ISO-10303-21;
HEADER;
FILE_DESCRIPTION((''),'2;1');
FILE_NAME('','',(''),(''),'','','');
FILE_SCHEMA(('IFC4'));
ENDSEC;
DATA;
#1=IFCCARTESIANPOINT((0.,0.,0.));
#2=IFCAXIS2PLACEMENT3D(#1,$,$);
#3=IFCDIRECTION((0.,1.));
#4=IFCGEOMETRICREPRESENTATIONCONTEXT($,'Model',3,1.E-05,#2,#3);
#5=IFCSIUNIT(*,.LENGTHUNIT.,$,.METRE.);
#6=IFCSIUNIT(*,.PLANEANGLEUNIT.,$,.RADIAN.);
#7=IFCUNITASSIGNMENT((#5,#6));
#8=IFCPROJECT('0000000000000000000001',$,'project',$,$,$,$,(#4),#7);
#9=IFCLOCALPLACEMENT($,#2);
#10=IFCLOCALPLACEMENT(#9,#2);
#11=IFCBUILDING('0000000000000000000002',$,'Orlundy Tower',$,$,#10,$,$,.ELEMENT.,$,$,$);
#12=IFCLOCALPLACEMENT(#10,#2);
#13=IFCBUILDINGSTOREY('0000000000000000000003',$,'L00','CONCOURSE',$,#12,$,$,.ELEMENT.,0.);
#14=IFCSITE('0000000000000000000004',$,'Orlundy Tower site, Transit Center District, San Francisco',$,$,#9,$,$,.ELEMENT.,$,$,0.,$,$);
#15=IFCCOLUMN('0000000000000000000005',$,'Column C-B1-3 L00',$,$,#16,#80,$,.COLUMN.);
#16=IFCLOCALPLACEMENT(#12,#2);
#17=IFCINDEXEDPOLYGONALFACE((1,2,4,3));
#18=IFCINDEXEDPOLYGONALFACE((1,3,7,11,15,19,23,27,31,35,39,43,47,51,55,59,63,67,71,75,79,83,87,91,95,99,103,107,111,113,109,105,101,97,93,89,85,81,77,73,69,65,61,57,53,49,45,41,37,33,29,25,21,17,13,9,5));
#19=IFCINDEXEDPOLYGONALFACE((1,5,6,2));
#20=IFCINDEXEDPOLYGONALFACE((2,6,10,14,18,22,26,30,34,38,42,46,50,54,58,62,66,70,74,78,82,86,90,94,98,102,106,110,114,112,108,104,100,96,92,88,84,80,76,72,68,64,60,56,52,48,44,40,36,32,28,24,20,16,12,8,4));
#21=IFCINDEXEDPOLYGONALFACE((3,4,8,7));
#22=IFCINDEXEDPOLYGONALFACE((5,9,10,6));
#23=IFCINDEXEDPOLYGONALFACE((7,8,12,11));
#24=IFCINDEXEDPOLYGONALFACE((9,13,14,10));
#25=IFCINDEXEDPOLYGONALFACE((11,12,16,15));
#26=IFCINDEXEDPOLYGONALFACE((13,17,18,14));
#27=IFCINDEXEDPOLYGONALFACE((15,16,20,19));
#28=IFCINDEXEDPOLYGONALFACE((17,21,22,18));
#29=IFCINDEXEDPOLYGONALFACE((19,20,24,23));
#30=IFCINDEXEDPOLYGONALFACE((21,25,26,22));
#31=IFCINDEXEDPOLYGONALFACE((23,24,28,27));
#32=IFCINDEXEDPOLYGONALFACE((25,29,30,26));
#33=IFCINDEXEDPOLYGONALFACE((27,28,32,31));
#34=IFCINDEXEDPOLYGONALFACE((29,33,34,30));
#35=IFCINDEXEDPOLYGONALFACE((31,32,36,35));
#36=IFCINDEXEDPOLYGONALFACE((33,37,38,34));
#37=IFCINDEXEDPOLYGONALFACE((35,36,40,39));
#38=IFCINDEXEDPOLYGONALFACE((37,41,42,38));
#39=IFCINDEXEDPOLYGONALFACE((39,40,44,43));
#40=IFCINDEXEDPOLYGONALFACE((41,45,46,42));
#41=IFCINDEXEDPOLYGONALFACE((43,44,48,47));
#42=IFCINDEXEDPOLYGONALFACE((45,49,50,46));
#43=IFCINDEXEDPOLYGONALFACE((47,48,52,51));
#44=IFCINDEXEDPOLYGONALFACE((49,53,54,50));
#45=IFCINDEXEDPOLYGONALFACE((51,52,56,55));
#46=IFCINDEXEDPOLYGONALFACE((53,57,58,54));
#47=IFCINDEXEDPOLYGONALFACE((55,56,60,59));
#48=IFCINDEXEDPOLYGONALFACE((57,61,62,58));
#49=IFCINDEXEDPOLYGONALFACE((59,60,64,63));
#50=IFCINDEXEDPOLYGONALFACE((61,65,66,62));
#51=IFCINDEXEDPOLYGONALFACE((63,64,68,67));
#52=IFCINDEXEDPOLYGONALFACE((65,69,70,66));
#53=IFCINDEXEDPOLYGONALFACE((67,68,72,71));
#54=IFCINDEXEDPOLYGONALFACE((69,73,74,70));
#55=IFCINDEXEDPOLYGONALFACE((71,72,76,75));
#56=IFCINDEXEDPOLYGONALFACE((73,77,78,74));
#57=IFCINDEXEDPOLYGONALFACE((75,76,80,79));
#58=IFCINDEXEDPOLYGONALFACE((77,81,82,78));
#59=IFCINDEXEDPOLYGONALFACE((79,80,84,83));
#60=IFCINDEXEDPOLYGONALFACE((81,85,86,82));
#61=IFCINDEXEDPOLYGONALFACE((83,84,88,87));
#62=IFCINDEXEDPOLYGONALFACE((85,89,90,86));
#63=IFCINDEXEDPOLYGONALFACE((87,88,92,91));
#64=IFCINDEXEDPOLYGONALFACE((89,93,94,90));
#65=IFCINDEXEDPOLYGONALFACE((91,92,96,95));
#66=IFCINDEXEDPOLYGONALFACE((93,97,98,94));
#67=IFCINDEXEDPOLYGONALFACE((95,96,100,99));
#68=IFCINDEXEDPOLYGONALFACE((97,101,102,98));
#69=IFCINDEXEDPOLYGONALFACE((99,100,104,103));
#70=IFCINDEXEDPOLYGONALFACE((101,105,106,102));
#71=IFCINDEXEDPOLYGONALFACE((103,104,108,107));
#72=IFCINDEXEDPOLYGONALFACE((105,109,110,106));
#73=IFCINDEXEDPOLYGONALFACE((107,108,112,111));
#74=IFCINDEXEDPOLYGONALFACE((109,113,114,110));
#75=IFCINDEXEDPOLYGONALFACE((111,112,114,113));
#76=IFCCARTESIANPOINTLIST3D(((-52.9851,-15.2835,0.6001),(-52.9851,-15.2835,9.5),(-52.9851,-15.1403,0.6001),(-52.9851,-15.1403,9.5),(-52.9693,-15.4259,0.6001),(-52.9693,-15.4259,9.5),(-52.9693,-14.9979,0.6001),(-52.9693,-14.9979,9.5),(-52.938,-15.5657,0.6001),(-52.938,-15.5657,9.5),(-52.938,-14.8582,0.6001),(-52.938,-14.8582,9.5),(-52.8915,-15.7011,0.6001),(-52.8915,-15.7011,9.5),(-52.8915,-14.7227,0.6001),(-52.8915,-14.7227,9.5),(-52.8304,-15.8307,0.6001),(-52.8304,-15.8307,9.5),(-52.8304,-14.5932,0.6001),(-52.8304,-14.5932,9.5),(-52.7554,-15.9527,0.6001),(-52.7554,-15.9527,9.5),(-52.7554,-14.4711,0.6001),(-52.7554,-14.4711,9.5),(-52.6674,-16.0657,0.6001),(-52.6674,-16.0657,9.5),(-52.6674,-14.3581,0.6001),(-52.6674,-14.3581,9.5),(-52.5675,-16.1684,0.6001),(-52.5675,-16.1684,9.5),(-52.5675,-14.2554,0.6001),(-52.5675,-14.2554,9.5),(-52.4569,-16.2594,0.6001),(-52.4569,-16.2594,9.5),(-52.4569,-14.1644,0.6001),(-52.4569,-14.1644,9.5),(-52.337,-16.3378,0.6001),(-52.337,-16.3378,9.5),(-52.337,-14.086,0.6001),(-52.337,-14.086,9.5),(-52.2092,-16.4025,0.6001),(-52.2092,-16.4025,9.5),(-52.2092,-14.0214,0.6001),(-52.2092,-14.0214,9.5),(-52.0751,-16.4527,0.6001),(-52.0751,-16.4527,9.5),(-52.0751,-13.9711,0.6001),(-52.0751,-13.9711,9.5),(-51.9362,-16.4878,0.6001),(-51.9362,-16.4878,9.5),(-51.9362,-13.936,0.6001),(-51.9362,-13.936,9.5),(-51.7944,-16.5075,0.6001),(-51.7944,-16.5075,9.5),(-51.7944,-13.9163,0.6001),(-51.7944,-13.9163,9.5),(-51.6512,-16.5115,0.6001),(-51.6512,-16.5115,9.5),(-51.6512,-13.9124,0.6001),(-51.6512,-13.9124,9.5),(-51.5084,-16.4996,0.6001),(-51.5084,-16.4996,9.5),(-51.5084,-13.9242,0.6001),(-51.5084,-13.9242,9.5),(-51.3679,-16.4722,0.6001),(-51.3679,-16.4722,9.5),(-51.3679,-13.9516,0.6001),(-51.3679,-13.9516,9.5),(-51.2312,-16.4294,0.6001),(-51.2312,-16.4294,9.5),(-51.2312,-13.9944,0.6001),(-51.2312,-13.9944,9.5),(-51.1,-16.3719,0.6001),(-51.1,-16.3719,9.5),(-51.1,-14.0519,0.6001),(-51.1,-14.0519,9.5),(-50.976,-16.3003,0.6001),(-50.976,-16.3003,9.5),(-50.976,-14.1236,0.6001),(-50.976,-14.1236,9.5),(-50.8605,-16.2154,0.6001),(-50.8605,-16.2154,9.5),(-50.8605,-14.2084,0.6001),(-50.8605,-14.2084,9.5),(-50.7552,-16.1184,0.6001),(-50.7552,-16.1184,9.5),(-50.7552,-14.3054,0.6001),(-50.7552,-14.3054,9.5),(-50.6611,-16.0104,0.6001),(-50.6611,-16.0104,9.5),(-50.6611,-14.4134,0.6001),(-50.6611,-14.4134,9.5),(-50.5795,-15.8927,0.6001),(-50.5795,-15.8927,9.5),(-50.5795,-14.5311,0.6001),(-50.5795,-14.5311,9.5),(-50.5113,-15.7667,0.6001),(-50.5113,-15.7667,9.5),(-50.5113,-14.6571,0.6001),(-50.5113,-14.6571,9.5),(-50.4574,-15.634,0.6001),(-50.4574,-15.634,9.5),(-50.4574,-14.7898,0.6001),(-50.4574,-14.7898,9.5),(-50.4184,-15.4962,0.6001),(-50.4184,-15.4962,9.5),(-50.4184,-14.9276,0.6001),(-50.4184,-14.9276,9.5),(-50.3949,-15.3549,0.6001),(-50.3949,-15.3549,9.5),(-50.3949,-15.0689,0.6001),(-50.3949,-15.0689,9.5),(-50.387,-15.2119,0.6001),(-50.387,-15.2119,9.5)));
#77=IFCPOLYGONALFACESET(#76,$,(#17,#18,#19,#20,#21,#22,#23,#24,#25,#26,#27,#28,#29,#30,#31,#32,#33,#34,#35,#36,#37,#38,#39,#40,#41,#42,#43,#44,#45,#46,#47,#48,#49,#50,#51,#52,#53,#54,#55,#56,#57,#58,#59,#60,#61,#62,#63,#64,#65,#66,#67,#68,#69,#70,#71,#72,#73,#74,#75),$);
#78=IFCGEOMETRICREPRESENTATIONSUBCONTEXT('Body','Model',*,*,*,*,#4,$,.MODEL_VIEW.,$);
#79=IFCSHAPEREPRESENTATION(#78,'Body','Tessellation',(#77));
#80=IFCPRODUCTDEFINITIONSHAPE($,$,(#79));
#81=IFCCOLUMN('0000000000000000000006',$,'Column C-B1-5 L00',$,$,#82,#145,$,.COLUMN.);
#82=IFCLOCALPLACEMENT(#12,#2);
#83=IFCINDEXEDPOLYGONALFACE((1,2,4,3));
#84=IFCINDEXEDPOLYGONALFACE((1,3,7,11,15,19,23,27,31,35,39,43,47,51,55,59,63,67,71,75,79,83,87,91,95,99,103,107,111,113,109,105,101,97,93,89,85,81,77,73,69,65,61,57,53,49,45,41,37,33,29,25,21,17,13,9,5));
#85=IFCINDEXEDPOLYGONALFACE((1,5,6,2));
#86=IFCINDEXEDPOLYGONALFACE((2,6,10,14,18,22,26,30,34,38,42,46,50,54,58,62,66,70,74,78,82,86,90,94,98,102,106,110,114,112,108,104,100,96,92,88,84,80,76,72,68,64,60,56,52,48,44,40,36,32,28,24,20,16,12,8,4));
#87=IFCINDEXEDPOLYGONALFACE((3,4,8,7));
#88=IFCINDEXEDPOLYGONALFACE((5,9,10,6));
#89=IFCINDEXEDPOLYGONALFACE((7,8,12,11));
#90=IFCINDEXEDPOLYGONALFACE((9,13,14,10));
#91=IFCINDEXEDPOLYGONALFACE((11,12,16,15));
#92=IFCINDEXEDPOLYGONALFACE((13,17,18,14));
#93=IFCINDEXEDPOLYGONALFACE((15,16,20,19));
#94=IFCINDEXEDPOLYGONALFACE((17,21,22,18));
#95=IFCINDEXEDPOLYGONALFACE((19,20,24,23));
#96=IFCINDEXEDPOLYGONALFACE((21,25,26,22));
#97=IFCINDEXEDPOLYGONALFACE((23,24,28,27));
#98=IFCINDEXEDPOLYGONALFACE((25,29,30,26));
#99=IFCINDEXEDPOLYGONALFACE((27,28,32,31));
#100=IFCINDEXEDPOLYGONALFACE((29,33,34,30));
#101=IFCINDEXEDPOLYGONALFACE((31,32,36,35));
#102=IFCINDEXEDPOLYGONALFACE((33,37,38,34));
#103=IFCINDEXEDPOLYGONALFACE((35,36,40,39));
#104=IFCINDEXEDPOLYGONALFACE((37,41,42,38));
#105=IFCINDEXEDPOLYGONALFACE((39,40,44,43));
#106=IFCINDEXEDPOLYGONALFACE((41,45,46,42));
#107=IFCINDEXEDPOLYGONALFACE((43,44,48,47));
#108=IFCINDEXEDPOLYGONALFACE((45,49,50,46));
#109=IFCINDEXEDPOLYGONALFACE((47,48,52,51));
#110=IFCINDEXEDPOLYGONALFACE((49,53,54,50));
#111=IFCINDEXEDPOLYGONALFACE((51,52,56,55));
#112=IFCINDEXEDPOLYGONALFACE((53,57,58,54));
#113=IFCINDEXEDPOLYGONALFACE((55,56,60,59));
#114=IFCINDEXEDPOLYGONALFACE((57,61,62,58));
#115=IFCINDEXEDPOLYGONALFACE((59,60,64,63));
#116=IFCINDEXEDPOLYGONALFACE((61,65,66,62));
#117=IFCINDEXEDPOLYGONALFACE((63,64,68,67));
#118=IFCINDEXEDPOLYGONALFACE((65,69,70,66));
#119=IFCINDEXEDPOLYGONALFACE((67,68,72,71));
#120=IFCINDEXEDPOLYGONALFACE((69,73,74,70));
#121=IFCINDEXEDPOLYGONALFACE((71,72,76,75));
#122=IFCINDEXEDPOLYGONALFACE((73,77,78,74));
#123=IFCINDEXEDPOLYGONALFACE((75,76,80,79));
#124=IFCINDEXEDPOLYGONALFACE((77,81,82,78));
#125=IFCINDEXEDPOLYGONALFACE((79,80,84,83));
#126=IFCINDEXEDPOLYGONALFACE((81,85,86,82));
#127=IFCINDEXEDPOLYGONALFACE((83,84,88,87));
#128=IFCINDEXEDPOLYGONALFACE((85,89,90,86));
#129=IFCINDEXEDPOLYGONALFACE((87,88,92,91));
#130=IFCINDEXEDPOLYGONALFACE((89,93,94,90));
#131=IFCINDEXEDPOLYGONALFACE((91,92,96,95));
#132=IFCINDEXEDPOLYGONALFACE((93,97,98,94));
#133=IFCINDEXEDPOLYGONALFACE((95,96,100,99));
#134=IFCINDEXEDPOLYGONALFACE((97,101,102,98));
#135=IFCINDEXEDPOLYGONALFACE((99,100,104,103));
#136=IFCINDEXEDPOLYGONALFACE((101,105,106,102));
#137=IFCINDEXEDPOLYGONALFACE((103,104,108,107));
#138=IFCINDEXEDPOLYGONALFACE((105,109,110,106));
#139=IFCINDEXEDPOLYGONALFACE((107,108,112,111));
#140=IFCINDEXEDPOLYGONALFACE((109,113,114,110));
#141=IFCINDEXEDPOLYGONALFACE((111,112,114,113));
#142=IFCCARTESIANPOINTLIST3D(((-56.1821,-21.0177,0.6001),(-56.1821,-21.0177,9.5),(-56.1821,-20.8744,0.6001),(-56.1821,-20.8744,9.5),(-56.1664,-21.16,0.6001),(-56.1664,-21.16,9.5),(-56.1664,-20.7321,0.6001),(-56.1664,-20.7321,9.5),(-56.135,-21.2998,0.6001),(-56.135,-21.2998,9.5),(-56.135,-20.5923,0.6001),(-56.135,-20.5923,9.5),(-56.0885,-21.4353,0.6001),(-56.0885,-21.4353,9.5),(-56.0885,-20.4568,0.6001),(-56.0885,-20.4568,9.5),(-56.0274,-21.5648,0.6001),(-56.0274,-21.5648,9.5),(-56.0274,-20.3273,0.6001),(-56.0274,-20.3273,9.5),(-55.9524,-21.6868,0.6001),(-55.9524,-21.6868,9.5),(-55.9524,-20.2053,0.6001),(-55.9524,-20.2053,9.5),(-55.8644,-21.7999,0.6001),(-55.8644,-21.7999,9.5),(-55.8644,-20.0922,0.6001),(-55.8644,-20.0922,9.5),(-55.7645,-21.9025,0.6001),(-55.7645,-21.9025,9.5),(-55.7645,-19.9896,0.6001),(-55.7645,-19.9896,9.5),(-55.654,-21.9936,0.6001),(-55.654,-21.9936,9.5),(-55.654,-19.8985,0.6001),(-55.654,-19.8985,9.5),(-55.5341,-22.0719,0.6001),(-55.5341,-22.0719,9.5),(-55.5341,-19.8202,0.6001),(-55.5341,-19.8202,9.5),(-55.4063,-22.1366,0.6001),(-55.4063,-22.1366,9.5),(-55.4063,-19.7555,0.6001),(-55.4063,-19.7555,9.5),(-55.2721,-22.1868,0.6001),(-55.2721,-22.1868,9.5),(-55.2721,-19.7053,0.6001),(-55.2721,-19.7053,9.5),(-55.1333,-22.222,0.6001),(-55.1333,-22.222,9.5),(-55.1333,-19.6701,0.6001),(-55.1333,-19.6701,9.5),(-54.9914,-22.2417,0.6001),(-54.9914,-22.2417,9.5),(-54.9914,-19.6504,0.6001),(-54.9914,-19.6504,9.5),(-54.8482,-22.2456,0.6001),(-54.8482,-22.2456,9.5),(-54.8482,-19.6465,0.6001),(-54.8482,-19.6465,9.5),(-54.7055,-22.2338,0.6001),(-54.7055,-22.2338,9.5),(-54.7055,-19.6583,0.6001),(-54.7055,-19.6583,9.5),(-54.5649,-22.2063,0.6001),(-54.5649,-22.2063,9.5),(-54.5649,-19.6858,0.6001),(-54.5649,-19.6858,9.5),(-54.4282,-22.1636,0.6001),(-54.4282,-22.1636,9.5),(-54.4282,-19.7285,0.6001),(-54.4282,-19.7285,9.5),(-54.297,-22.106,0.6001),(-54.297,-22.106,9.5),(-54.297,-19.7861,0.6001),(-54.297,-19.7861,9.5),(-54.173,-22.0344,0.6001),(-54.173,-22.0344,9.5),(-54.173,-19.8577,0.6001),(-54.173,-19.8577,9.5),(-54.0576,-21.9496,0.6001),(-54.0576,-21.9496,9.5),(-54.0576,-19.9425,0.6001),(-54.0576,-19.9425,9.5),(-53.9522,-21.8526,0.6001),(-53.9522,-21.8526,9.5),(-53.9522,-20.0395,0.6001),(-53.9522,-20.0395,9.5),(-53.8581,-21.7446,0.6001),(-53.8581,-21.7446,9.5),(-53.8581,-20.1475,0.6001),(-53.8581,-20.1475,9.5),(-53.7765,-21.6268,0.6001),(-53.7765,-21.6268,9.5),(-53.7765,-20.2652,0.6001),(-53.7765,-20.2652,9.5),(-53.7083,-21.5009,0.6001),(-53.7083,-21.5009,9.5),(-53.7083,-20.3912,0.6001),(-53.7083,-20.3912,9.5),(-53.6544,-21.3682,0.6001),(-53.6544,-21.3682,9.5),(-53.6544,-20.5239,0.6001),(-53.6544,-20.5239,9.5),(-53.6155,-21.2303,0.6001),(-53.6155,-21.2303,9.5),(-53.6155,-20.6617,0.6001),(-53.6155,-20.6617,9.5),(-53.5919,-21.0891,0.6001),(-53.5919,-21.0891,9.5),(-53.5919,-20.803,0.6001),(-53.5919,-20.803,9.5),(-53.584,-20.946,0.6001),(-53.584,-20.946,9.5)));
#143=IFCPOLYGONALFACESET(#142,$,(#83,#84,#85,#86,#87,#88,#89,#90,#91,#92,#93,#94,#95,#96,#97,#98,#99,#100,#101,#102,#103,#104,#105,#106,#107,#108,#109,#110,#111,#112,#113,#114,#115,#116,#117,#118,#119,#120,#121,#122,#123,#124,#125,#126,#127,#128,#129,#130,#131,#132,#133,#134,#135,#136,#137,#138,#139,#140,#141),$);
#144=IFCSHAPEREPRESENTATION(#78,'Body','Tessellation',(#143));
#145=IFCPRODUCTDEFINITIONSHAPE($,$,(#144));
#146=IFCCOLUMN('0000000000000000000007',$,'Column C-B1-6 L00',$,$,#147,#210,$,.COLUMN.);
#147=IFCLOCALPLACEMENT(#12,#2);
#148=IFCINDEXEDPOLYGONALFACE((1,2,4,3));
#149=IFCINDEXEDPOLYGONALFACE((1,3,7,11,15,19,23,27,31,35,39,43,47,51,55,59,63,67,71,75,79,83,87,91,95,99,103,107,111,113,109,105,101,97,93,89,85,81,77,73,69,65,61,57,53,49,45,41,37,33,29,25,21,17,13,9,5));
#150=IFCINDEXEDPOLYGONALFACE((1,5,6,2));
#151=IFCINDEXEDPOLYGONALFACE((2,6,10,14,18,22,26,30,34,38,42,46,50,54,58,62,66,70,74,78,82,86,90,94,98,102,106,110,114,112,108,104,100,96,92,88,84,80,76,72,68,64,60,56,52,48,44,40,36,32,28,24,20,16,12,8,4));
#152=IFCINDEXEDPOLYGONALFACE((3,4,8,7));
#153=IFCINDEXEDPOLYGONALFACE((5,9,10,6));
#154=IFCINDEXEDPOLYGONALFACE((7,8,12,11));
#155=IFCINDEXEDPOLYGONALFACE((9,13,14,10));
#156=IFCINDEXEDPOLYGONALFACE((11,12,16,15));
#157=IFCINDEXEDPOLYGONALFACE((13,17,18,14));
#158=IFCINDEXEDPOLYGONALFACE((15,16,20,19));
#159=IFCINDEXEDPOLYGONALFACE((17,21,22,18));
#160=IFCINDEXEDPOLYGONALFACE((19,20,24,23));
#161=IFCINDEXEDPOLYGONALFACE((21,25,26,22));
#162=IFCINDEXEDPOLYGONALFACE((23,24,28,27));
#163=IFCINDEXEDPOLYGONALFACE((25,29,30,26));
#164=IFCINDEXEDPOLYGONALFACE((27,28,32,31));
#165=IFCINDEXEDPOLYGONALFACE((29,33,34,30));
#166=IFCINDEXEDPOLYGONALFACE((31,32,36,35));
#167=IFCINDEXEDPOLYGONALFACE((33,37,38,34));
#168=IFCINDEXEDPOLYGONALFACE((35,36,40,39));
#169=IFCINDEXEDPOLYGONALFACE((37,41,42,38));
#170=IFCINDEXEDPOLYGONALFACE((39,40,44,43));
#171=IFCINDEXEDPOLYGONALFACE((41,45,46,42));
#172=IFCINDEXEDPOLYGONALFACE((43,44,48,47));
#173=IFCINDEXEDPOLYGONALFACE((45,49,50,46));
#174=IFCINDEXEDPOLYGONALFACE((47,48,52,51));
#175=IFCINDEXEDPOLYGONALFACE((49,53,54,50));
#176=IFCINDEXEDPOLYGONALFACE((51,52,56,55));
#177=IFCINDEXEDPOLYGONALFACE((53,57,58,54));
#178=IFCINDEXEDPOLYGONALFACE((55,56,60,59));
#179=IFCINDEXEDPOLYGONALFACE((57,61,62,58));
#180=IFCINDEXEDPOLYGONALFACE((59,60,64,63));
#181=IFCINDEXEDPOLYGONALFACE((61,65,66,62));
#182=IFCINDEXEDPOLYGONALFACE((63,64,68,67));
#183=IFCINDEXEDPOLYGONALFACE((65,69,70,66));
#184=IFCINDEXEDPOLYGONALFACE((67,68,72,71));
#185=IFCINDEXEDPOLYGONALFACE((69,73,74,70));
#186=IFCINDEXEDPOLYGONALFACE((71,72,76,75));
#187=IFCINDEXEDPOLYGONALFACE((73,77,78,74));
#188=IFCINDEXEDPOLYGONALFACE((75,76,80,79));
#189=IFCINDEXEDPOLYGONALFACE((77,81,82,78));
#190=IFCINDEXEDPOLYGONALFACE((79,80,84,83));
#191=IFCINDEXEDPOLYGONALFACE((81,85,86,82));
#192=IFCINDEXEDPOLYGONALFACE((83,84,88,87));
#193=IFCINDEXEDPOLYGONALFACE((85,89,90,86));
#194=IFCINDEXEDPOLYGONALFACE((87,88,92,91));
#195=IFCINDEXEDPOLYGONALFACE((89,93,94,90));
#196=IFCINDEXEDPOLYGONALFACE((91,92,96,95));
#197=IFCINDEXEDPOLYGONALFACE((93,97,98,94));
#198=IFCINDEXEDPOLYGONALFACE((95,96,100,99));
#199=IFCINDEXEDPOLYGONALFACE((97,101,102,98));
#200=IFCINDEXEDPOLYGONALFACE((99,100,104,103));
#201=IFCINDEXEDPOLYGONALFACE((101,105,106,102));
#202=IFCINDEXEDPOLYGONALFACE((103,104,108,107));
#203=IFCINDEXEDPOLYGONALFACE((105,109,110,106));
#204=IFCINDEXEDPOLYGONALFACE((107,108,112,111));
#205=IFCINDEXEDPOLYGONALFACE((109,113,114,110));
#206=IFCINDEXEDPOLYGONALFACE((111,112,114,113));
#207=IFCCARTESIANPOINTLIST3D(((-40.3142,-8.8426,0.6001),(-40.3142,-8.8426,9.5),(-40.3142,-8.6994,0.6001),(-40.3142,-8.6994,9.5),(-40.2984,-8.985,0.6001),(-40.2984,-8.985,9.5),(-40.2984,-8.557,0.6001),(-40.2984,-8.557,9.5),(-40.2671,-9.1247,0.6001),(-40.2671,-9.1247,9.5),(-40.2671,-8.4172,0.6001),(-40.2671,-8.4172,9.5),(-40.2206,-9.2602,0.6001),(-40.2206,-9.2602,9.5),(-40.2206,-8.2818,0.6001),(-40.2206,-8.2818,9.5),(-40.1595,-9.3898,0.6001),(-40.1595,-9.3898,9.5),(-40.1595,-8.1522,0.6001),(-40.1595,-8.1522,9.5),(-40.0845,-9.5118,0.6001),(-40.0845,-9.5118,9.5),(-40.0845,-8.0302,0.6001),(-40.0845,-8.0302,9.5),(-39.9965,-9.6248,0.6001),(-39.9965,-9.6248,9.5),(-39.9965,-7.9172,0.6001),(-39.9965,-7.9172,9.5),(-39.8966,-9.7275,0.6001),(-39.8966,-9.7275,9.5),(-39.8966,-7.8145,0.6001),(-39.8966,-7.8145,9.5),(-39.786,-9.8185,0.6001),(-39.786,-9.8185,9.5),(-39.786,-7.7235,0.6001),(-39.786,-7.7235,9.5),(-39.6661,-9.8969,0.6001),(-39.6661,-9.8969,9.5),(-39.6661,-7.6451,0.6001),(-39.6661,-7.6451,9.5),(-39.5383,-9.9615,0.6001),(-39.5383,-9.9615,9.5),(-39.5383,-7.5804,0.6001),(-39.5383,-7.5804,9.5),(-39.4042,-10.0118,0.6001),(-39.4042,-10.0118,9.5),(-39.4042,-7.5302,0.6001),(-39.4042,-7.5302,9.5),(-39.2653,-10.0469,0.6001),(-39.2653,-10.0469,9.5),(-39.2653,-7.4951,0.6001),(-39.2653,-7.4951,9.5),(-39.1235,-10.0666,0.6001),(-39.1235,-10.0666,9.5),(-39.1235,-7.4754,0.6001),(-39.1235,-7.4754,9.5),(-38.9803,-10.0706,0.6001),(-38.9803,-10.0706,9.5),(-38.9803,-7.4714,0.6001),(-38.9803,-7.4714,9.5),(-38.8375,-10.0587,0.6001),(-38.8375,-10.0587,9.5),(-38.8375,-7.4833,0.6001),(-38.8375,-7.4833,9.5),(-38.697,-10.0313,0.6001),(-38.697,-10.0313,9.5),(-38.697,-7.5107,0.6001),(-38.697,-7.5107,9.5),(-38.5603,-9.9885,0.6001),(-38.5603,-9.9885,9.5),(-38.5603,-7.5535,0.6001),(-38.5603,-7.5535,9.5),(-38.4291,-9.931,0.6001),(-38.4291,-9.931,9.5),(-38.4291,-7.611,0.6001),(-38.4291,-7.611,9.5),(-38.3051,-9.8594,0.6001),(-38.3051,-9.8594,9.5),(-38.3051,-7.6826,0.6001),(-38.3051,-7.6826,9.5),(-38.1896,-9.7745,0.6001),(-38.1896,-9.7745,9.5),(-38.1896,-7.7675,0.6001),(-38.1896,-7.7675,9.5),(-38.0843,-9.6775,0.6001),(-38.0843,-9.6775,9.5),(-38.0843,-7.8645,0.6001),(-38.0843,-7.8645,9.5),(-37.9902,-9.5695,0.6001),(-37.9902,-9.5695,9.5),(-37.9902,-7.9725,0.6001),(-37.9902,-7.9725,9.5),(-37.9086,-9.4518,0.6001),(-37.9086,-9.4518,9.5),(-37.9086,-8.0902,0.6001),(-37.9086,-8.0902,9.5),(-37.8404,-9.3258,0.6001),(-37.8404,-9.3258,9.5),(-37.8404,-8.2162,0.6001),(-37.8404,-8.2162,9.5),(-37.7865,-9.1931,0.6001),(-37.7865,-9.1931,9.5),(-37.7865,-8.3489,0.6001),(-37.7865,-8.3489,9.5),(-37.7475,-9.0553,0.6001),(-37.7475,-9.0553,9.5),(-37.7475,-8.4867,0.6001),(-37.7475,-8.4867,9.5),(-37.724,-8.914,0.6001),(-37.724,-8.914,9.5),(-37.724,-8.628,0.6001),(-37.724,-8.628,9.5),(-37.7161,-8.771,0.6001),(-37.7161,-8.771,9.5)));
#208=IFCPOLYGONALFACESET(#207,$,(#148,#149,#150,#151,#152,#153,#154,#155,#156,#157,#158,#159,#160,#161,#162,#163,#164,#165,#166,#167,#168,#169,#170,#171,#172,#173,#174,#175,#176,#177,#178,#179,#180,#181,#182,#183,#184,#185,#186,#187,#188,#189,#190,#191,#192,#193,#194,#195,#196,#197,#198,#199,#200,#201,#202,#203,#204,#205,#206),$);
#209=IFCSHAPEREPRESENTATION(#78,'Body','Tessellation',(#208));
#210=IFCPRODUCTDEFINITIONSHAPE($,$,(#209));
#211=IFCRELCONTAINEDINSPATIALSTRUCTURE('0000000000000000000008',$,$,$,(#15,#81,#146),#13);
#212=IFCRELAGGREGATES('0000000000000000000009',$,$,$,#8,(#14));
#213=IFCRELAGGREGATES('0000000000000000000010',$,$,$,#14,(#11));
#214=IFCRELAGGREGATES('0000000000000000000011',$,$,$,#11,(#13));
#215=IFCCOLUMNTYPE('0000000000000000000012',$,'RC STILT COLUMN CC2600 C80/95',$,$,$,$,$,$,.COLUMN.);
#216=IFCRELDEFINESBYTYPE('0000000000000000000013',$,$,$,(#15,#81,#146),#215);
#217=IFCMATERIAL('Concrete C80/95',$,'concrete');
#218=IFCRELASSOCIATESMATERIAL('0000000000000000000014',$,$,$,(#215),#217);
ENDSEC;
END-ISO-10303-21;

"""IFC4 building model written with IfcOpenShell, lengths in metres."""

from ifc_helpers import new_model, si_unit, direction, frame, origin, origin_2d, place, context, subcontext, project, spatial, circle, extrude, material, material_profile, profile_set, type_object, element, save


model = new_model("IFC4")

# Units and contexts
model_context = context("Model", 3, precision=1e-05, world=origin(), true_north=direction((0.0, 1.0)))
body_context = subcontext(model_context, "Body", "Model", "MODEL_VIEW")
ifc_project = project(units=[si_unit("LENGTHUNIT", "METRE"), si_unit("PLANEANGLEUNIT", "RADIAN")], contexts=[model_context])

# Site, building, storey
site_placement = place(None, origin())
site = spatial("IfcSite", under=ifc_project, at=site_placement, Name="Orlundy Tower site, Transit Center District, San Francisco", CompositionType="ELEMENT", RefElevation=0.0)
building_placement = place(site_placement, origin())
building = spatial("IfcBuilding", under=site, at=building_placement, Name="Orlundy Tower", CompositionType="ELEMENT")
storey_placement = place(building_placement, origin())
storey = spatial("IfcBuildingStorey", under=building, at=storey_placement, Name="L00", Description="CONCOURSE", CompositionType="ELEMENT", Elevation=0.0)

# Columns
ifc_material_1 = material(Name="Concrete C80/95", Category="concrete")
ifc_material_profile_1 = material_profile(ifc_material_1, circle(Radius=1.3, at=origin_2d()), Name="CC2600")
ifc_profile_set_1 = profile_set([ifc_material_profile_1], Name="Concrete C80/95")
column_type = type_object("IfcColumnType", Name="RC STILT COLUMN CC2600 C80/95", PredefinedType="COLUMN", material=ifc_profile_set_1)
for number, where, z_axis, x_axis, name in (
    (1, (-51.687, -15.2119, 0.6001), (0.0, 0.0, 1.0), (1.0, 0.0, 0.0), "Column C-B1-3 L00"),
    (2, (-54.884, -20.946, 0.6001), (0.0, 0.0, 1.0), (1.0, 0.0, 0.0), "Column C-B1-5 L00"),
    (3, (-39.0161, -8.771, 0.6001), (0.0, 0.0, 1.0), (1.0, 0.0, 0.0), "Column C-B1-6 L00"),
):
    element("IfcColumn", number, at=place(storey_placement, frame(where, z_axis=z_axis, x_axis=x_axis)), inside=storey, type_object=column_type, Name=name, PredefinedType="COLUMN", context=body_context, shape_type="SweptSolid", body=[
        extrude(circle(Radius=1.3, at=origin_2d()), origin(), (0.0, 0.0, 1.0), 8.8999),
    ])

save(model, "model.ifc")
